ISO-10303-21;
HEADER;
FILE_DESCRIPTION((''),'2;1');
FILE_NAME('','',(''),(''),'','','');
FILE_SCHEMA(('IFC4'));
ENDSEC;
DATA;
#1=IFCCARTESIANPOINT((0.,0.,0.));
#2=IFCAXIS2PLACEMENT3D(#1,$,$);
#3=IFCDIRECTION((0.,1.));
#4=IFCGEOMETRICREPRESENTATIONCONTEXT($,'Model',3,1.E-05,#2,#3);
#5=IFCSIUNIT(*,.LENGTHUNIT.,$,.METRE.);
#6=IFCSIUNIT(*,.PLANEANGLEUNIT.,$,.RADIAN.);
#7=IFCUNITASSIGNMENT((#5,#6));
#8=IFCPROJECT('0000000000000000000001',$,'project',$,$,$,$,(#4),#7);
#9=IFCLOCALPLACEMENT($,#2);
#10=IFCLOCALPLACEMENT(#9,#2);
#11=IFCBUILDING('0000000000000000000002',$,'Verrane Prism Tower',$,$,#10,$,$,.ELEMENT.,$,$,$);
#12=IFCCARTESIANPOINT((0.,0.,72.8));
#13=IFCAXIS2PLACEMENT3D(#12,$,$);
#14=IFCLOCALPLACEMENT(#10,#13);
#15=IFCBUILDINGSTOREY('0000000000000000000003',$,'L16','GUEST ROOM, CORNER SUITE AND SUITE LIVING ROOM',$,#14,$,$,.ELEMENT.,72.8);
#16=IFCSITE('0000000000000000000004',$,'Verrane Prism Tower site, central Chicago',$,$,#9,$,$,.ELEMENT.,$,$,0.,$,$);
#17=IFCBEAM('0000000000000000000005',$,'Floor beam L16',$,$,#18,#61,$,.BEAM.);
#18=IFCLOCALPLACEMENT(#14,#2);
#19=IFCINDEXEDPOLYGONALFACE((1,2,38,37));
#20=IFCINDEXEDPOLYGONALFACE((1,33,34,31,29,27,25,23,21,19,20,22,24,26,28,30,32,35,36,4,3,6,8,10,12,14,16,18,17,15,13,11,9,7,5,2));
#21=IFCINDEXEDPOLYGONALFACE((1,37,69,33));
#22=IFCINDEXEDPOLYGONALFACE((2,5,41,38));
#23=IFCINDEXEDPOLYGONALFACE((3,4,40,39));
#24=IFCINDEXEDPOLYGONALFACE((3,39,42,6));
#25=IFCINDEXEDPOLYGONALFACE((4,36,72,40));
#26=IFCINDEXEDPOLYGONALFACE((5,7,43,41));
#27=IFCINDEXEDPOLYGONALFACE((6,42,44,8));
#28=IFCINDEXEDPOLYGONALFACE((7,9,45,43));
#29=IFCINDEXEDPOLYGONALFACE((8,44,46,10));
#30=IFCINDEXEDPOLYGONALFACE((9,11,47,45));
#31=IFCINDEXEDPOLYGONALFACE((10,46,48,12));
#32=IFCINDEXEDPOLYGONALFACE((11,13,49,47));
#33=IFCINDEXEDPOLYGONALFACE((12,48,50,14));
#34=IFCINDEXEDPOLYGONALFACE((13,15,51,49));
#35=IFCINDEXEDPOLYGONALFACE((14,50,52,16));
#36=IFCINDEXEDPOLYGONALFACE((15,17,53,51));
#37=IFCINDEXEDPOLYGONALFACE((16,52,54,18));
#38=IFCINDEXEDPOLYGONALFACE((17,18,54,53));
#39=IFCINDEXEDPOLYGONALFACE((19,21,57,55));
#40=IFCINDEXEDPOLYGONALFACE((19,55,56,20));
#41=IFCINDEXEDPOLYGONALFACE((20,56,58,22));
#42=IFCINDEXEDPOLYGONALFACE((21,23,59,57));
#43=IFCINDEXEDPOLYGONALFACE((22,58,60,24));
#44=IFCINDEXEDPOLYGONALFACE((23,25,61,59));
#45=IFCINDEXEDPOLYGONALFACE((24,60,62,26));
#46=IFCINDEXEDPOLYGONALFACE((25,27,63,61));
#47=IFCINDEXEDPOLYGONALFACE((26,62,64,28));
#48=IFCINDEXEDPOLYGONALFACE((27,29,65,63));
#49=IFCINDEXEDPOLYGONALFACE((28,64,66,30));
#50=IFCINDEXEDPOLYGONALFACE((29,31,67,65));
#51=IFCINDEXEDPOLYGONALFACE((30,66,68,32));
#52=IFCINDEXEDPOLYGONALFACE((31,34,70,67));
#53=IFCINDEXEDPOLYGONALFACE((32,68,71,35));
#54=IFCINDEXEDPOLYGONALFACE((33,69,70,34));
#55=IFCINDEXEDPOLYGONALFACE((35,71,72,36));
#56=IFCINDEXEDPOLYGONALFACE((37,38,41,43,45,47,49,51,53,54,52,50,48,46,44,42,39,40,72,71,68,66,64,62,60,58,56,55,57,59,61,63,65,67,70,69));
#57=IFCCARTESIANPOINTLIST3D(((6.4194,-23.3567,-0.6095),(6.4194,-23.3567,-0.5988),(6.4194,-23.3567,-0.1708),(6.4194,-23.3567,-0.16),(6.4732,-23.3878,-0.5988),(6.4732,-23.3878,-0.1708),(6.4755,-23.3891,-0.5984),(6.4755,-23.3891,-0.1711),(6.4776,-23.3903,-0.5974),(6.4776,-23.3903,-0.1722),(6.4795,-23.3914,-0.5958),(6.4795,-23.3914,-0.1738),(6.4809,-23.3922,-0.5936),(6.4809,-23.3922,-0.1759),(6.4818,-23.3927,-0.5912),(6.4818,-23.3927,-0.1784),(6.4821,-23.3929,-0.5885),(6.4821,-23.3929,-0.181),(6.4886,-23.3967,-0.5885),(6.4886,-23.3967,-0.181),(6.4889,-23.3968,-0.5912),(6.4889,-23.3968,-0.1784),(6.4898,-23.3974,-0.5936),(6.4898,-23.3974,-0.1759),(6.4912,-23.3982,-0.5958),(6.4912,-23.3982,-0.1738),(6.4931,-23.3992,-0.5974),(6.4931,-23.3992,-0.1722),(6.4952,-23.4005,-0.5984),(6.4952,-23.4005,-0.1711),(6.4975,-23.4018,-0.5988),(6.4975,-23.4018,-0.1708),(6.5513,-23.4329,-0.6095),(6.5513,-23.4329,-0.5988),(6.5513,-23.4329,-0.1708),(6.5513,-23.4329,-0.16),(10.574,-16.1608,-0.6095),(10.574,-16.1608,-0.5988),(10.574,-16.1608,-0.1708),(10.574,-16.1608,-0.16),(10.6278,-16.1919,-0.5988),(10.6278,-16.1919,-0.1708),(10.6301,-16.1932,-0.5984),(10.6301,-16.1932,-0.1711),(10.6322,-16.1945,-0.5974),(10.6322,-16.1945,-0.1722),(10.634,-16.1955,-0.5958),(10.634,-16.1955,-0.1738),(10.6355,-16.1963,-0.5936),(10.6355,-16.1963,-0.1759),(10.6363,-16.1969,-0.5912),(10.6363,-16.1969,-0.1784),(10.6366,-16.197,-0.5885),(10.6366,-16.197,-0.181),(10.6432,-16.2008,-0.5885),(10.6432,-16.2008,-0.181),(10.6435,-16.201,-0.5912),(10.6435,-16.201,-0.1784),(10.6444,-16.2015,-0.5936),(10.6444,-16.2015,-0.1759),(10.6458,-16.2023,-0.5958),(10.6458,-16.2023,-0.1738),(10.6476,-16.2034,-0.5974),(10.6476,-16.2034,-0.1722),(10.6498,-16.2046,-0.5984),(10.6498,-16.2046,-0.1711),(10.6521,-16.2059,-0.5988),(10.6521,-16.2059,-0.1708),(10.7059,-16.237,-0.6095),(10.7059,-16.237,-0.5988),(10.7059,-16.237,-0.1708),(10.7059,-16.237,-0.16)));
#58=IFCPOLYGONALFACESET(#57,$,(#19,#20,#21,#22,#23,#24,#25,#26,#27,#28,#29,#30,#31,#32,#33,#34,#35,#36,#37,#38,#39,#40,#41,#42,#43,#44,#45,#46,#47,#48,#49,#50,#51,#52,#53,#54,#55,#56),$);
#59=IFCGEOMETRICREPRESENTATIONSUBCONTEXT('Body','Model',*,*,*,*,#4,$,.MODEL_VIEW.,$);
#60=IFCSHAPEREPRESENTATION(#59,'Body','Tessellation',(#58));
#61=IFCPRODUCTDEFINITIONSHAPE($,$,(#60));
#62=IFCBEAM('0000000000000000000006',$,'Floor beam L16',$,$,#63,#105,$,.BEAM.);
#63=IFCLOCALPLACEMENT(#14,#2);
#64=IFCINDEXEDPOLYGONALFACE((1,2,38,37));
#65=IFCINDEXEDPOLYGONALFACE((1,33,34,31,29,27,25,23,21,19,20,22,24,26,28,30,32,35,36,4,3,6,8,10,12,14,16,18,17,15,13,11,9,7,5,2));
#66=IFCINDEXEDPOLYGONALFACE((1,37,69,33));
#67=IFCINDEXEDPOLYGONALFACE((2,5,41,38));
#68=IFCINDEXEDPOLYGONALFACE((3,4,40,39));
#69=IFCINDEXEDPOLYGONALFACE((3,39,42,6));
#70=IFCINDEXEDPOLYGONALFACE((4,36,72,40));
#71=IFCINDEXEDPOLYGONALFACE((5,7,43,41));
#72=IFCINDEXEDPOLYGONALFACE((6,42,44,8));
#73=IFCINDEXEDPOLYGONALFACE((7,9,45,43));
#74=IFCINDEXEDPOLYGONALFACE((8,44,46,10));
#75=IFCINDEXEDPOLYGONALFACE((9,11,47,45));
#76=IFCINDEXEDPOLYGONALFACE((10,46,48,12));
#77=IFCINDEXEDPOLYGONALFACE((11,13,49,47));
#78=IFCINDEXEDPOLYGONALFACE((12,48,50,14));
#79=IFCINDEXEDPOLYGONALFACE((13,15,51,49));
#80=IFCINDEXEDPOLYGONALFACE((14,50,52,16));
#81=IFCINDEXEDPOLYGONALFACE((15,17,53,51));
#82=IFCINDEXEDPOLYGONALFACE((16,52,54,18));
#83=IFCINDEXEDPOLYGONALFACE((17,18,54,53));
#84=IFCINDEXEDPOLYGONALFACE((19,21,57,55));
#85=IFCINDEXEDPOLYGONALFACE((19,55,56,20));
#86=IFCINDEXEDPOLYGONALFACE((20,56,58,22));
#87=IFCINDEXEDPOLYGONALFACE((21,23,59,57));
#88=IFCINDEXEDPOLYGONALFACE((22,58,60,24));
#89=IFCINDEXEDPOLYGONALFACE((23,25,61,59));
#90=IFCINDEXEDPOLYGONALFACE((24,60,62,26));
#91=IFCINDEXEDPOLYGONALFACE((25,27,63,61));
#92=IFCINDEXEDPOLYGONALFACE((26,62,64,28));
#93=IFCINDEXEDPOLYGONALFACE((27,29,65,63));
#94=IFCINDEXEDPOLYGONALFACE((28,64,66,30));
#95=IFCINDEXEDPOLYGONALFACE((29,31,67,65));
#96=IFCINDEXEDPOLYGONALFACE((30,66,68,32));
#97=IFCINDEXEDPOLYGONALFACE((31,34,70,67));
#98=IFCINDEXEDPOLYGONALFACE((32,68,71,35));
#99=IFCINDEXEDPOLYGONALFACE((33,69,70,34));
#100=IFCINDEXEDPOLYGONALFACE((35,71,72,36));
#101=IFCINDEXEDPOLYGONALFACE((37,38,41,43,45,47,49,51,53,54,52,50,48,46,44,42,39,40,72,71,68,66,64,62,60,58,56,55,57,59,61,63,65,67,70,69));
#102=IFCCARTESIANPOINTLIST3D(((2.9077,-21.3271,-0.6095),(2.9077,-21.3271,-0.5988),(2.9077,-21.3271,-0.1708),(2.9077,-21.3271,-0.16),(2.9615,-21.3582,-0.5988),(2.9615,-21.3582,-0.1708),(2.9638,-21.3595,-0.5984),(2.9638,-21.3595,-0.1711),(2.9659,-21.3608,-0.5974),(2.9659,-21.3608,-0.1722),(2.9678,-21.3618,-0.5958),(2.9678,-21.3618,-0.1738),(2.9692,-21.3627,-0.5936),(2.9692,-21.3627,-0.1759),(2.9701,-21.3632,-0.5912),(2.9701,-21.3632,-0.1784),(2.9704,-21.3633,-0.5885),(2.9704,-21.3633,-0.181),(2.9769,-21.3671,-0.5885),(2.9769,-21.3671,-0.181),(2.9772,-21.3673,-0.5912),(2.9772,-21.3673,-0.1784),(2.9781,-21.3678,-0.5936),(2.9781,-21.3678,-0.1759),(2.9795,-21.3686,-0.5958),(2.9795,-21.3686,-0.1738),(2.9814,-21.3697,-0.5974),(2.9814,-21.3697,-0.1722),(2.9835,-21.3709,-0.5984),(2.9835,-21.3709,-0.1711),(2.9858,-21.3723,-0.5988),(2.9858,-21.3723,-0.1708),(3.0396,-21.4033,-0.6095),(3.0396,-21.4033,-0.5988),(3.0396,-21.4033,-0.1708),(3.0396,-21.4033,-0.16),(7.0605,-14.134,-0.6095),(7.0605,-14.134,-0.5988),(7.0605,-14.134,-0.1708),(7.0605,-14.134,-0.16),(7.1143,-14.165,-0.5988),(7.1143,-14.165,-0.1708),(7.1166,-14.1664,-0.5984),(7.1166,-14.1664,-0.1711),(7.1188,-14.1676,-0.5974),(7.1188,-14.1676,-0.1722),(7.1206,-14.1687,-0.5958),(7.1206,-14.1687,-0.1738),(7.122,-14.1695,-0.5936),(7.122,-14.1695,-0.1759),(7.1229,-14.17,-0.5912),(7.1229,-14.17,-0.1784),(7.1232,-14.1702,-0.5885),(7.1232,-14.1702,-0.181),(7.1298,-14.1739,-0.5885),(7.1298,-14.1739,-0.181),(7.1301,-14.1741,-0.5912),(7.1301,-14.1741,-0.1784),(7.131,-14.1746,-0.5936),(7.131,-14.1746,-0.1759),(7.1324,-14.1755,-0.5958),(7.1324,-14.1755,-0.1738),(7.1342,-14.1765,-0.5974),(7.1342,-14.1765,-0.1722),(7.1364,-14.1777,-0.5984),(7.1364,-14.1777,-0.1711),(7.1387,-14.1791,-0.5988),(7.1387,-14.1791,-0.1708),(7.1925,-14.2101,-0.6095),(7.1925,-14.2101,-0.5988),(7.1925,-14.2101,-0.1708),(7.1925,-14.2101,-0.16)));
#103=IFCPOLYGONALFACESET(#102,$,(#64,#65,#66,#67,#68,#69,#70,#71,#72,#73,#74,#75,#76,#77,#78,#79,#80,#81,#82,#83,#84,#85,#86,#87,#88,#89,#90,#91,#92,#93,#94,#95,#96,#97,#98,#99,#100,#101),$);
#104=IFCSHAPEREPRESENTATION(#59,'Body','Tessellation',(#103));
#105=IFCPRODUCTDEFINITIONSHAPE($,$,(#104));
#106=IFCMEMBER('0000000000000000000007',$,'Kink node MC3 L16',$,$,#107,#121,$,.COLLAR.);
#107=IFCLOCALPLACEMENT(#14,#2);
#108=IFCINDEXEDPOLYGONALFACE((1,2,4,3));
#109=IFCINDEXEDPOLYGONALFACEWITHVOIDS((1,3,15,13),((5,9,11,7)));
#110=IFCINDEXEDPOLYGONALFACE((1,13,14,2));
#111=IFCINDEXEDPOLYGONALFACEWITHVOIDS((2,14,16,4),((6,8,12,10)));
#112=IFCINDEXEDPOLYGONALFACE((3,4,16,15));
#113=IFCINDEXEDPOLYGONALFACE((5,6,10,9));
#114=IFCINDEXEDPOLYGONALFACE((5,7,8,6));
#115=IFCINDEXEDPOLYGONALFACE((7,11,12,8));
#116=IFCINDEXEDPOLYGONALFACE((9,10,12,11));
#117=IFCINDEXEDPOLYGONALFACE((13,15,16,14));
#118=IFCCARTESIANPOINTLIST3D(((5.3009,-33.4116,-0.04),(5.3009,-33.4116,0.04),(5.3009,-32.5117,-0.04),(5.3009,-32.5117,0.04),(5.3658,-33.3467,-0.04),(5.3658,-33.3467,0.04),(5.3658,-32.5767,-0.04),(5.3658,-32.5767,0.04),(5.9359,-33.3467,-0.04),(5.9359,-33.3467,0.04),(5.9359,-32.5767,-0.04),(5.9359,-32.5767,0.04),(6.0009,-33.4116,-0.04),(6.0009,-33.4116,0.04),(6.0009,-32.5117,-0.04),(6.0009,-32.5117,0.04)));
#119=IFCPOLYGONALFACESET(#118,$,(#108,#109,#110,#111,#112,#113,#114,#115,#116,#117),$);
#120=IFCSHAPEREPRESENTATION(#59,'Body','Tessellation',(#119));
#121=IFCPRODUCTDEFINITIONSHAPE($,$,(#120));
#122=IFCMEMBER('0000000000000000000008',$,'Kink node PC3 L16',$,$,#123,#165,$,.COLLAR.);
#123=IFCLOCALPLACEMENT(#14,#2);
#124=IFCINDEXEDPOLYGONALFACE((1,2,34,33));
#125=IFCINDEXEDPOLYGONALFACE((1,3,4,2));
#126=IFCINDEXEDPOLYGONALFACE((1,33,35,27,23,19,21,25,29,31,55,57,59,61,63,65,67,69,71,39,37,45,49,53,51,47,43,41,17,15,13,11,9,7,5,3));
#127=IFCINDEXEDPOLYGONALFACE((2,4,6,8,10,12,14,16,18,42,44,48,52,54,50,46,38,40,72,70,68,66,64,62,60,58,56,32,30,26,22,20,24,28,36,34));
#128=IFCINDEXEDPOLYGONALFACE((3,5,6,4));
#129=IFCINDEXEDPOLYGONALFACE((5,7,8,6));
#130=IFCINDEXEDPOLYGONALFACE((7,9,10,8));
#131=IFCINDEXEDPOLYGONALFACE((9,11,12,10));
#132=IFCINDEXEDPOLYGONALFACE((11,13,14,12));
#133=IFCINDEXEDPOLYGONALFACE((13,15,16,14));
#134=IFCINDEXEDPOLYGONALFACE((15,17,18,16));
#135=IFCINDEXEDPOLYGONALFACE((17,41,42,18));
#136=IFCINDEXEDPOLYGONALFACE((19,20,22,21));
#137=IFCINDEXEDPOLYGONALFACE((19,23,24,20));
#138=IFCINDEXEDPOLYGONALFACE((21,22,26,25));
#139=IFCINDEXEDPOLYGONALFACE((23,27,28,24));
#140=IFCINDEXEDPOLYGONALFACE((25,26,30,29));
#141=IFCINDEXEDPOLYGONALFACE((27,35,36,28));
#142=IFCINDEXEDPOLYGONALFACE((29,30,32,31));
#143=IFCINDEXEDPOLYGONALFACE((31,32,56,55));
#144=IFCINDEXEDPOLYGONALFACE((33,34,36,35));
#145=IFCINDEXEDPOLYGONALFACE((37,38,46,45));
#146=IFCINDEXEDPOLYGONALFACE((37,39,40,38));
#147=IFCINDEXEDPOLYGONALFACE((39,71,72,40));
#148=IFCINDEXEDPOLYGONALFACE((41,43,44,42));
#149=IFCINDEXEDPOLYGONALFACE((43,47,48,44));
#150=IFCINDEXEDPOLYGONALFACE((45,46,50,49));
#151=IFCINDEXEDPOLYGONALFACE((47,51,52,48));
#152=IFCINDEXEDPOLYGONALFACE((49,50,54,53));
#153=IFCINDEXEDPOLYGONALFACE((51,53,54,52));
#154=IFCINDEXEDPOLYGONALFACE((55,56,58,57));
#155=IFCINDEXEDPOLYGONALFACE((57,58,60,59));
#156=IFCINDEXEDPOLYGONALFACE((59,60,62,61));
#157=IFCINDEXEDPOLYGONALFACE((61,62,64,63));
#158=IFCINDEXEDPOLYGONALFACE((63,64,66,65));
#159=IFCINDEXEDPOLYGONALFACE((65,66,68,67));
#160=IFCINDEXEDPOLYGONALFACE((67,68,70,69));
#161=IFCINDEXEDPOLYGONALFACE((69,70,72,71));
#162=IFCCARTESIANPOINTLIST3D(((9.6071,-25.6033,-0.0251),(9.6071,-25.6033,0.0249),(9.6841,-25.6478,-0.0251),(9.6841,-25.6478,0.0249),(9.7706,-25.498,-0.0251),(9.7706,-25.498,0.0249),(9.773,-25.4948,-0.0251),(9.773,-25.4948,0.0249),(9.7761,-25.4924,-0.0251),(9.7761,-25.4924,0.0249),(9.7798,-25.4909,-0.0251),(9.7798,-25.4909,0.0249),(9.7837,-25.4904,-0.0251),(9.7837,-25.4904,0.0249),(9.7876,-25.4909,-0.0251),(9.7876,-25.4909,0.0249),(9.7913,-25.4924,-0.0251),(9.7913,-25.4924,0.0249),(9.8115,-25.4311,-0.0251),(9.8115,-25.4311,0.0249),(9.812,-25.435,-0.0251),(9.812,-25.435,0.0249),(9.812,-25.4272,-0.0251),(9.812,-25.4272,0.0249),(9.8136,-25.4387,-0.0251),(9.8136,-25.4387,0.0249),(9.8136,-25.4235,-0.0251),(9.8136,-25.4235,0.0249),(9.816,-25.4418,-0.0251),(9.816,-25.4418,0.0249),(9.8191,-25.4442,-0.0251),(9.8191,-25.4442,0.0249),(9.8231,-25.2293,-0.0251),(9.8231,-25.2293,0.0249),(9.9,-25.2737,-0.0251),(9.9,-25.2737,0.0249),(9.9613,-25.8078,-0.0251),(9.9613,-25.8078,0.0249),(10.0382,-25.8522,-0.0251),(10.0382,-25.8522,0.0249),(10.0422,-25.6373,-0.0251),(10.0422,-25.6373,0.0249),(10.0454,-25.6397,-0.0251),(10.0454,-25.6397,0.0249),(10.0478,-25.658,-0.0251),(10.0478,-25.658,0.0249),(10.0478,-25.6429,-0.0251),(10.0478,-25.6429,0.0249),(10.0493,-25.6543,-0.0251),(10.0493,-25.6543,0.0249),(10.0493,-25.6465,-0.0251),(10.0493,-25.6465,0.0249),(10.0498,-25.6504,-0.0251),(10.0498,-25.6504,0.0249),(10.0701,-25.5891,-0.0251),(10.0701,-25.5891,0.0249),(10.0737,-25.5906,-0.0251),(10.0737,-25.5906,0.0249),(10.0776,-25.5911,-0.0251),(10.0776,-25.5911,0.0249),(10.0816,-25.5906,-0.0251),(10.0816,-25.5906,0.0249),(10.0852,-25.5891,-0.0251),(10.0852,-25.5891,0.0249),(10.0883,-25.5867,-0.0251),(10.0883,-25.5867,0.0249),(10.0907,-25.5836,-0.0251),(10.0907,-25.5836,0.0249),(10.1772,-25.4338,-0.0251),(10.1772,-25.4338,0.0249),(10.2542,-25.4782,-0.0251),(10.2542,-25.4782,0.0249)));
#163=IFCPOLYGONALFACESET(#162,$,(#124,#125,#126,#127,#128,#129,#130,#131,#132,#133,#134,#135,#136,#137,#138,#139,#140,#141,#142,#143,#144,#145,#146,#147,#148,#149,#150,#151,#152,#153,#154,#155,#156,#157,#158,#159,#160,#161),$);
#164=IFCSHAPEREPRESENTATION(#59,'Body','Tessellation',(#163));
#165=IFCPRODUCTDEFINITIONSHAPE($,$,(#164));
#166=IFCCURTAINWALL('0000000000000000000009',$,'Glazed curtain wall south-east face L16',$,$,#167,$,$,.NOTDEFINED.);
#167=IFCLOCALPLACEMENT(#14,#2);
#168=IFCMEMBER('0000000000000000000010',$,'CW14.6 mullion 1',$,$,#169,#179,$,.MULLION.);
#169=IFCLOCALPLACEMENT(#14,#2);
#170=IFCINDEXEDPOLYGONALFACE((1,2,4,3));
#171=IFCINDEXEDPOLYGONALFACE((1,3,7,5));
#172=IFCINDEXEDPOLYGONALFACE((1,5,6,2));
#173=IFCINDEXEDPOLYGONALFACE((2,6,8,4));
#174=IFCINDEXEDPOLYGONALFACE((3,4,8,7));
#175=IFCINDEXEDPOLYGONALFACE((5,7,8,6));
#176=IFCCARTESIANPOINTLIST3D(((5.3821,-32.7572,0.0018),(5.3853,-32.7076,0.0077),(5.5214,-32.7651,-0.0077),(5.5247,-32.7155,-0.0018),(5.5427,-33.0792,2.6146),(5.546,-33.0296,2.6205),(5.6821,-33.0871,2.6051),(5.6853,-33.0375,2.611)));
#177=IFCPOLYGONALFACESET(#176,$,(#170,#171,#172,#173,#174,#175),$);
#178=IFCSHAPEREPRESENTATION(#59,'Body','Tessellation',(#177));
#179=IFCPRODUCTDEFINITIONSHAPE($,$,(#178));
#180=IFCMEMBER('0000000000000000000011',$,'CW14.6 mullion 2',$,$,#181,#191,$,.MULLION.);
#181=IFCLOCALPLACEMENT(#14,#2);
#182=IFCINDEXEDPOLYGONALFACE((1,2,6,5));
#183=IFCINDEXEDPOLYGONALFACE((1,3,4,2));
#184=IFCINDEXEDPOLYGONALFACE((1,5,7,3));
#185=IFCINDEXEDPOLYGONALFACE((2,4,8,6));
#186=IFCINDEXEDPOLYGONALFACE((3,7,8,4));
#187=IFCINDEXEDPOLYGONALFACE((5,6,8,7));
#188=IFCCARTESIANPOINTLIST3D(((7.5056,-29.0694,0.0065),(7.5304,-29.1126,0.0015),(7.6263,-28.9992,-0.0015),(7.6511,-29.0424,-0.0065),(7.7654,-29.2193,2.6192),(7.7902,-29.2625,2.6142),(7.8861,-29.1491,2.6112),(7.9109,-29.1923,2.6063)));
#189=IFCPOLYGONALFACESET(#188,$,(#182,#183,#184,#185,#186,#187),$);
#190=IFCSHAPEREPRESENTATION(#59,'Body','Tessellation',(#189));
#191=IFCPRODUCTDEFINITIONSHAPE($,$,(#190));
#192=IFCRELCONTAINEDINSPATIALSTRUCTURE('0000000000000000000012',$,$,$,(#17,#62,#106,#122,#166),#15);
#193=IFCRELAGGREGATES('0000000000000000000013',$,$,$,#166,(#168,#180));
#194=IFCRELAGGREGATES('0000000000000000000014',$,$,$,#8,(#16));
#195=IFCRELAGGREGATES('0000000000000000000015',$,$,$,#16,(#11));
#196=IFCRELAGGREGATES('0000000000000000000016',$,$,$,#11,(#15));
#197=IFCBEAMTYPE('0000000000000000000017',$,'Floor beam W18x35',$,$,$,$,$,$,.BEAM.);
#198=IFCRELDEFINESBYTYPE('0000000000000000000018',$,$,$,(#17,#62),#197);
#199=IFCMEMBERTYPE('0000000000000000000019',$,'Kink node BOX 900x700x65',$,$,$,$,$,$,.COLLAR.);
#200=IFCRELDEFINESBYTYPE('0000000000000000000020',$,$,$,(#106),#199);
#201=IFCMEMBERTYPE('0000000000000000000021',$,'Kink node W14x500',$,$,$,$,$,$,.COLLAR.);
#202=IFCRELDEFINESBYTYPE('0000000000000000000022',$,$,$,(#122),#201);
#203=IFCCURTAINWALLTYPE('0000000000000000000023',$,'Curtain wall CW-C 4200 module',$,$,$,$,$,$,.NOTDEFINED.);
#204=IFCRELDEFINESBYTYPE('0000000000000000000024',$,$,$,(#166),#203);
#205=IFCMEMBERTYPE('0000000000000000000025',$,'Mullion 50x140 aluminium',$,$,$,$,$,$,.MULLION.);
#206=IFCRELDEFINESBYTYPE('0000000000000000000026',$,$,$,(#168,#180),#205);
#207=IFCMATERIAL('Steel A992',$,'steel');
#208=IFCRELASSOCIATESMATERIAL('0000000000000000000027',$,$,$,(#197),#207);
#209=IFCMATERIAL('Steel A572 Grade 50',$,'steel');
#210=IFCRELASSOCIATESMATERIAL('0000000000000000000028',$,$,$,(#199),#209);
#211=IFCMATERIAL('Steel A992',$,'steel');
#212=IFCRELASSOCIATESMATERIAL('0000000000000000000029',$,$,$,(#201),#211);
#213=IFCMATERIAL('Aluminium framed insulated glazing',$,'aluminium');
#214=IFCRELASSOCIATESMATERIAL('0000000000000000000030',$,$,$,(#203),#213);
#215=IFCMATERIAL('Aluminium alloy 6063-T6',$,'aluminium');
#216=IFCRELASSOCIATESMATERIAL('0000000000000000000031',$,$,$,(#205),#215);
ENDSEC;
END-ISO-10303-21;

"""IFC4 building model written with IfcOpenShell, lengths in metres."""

from ifc_helpers import new_model, si_unit, direction, frame, origin, origin_2d, place, context, subcontext, project, spatial, rectangle, hollow_rectangle, i_section, extrude, material, material_profile, profile_set, type_object, element, aggregate, save


model = new_model("IFC4")

# Units and contexts
model_context = context("Model", 3, precision=1e-05, world=origin(), true_north=direction((0.0, 1.0)))
body_context = subcontext(model_context, "Body", "Model", "MODEL_VIEW")
ifc_project = project(units=[si_unit("LENGTHUNIT", "METRE"), si_unit("PLANEANGLEUNIT", "RADIAN")], contexts=[model_context])

# Site, building, storey
site_placement = place(None, origin())
site = spatial("IfcSite", under=ifc_project, at=site_placement, Name="Verrane Prism Tower site, central Chicago", CompositionType="ELEMENT", RefElevation=0.0)
building_placement = place(site_placement, origin())
building = spatial("IfcBuilding", under=site, at=building_placement, Name="Verrane Prism Tower", CompositionType="ELEMENT")
storey_placement = place(building_placement, frame((0.0, 0.0, 72.8)))
storey = spatial("IfcBuildingStorey", under=building, at=storey_placement, Name="L16", Description="GUEST ROOM, CORNER SUITE AND SUITE LIVING ROOM", CompositionType="ELEMENT", Elevation=72.8)

# Beams
ifc_material_1 = material(Name="Steel A992", Category="steel")
ifc_material_profile_1 = material_profile(ifc_material_1, i_section(OverallWidth=0.1523, OverallDepth=0.4495, WebThickness=0.0076, FlangeThickness=0.0107, FilletRadius=0.0103, at=origin_2d()), Name="W18x35")
ifc_profile_set_1 = profile_set([ifc_material_profile_1], Name="Steel A992")
beam_type_1 = type_object("IfcBeamType", Name="Floor beam W18x35", PredefinedType="BEAM", material=ifc_profile_set_1)
beam_1_placement = place(storey_placement, frame((6.4854, -23.3948, -0.3848), z_axis=(0.500004, 0.866023, 0.0), x_axis=(-0.866023, 0.500004, 0.0)))
element("IfcBeam", 1, at=beam_1_placement, inside=storey, type_object=beam_type_1, Name="Floor beam L16", PredefinedType="BEAM", context=body_context, shape_type="SweptSolid", body=[
    extrude(i_section(OverallWidth=0.1523, OverallDepth=0.4495, WebThickness=0.0076, FlangeThickness=0.0107, FilletRadius=0.0103, at=origin_2d()), origin(), (0.0, 0.0, 1.0), 8.3091),
])
beam_2_placement = place(storey_placement, frame((2.9736, -21.3652, -0.3848), z_axis=(0.49999, 0.866031, 0.0), x_axis=(-0.866031, 0.49999, 0.0)))
element("IfcBeam", 2, at=beam_2_placement, inside=storey, type_object=beam_type_1, Name="Floor beam L16", PredefinedType="BEAM", context=body_context, shape_type="SweptSolid", body=[
    extrude(i_section(OverallWidth=0.1523, OverallDepth=0.4495, WebThickness=0.0076, FlangeThickness=0.0107, FilletRadius=0.0103, at=origin_2d()), origin(), (0.0, 0.0, 1.0), 8.3059),
])

# Members
ifc_material_2 = material(Name="Steel A572 Grade 50", Category="steel")
ifc_material_profile_2 = material_profile(ifc_material_2, hollow_rectangle(XDim=0.7, YDim=0.8999, WallThickness=0.0649, at=origin_2d()), Name="BOX 900x700x65")
ifc_profile_set_2 = profile_set([ifc_material_profile_2], Name="Steel A572 Grade 50")
member_type_1 = type_object("IfcMemberType", Name="Kink node BOX 900x700x65", PredefinedType="COLLAR", material=ifc_profile_set_2)
member_1_placement = place(storey_placement, frame((5.6509, -32.9617, -0.04), z_axis=(0.0, 0.0, 1.0), x_axis=(-1.0, 0.0, 0.0)))
element("IfcMember", 3, at=member_1_placement, inside=storey, type_object=member_type_1, Name="Kink node MC3 L16", PredefinedType="COLLAR", context=body_context, shape_type="SweptSolid", body=[
    extrude(hollow_rectangle(XDim=0.7, YDim=0.8999, WallThickness=0.0649, at=origin_2d()), origin(), (0.0, 0.0, 1.0), 0.0801),
])
ifc_material_3 = material(Name="Steel A992", Category="steel")
ifc_material_profile_3 = material_profile(ifc_material_3, i_section(OverallWidth=0.4319, OverallDepth=0.4978, WebThickness=0.0557, FlangeThickness=0.0889, FilletRadius=0.0151, at=origin_2d()), Name="W14x500")
ifc_profile_set_3 = profile_set([ifc_material_profile_3], Name="Steel A992")
member_type_2 = type_object("IfcMemberType", Name="Kink node W14x500", PredefinedType="COLLAR", material=ifc_profile_set_3)
member_2_placement = place(storey_placement, frame((9.9307, -25.5408, -0.0251), z_axis=(0.0, 0.0, 1.0), x_axis=(-0.5, -0.866025, 0.0)))
element("IfcMember", 4, at=member_2_placement, inside=storey, type_object=member_type_2, Name="Kink node PC3 L16", PredefinedType="COLLAR", context=body_context, shape_type="SweptSolid", body=[
    extrude(i_section(OverallWidth=0.4319, OverallDepth=0.4978, WebThickness=0.0557, FlangeThickness=0.0889, FilletRadius=0.0151, at=origin_2d()), origin(), (0.0, 0.0, 1.0), 0.05),
])

# Curtain wall, members
ifc_material_4 = material(Name="Aluminium framed insulated glazing", Category="aluminium")
curtain_wall_type = type_object("IfcCurtainWallType", Name="Curtain wall CW-C 4200 module", PredefinedType="NOTDEFINED", material=ifc_material_4)
curtain_wall_placement = place(storey_placement, origin())
curtain_wall = element("IfcCurtainWall", 5, at=curtain_wall_placement, inside=storey, type_object=curtain_wall_type, Name="Glazed curtain wall south-east face L16", PredefinedType="NOTDEFINED")
ifc_material_5 = material(Name="Aluminium alloy 6063-T6", Category="aluminium")
ifc_material_profile_4 = material_profile(ifc_material_5, rectangle(XDim=0.1399, YDim=0.05, at=origin_2d()), Name="Mullion 50x140 aluminium")
ifc_profile_set_4 = profile_set([ifc_material_profile_4], Name="Aluminium alloy 6063-T6")
member_type_3 = type_object("IfcMemberType", Name="Mullion 50x140 aluminium", PredefinedType="MULLION", material=ifc_profile_set_4)
member_3_placement = place(storey_placement, frame((5.4534, -32.7363, 0.0), z_axis=(0.060909, -0.122095, 0.990648), x_axis=(-0.996061, 0.05664, 0.068222)))
member_3 = element("IfcMember", 6, at=member_3_placement, type_object=member_type_3, Name="CW14.6 mullion 1", PredefinedType="MULLION", context=body_context, shape_type="SweptSolid", body=[
    extrude(rectangle(XDim=0.1399, YDim=0.05, at=origin_2d()), origin(), (0.0, 0.0, 1.0), 2.6375),
])
member_4_placement = place(storey_placement, frame((7.5784, -29.0559, 0.0), z_axis=(0.098772, -0.056998, 0.993476), x_axis=(-0.863094, -0.501814, 0.057019)))
member_4 = element("IfcMember", 7, at=member_4_placement, type_object=member_type_3, Name="CW14.6 mullion 2", PredefinedType="MULLION", context=body_context, shape_type="SweptSolid", body=[
    extrude(rectangle(XDim=0.1399, YDim=0.05, at=origin_2d()), origin(), (0.0, 0.0, 1.0), 2.6299),
])

aggregate(curtain_wall, [member_3, member_4])

save(model, "model.ifc")
